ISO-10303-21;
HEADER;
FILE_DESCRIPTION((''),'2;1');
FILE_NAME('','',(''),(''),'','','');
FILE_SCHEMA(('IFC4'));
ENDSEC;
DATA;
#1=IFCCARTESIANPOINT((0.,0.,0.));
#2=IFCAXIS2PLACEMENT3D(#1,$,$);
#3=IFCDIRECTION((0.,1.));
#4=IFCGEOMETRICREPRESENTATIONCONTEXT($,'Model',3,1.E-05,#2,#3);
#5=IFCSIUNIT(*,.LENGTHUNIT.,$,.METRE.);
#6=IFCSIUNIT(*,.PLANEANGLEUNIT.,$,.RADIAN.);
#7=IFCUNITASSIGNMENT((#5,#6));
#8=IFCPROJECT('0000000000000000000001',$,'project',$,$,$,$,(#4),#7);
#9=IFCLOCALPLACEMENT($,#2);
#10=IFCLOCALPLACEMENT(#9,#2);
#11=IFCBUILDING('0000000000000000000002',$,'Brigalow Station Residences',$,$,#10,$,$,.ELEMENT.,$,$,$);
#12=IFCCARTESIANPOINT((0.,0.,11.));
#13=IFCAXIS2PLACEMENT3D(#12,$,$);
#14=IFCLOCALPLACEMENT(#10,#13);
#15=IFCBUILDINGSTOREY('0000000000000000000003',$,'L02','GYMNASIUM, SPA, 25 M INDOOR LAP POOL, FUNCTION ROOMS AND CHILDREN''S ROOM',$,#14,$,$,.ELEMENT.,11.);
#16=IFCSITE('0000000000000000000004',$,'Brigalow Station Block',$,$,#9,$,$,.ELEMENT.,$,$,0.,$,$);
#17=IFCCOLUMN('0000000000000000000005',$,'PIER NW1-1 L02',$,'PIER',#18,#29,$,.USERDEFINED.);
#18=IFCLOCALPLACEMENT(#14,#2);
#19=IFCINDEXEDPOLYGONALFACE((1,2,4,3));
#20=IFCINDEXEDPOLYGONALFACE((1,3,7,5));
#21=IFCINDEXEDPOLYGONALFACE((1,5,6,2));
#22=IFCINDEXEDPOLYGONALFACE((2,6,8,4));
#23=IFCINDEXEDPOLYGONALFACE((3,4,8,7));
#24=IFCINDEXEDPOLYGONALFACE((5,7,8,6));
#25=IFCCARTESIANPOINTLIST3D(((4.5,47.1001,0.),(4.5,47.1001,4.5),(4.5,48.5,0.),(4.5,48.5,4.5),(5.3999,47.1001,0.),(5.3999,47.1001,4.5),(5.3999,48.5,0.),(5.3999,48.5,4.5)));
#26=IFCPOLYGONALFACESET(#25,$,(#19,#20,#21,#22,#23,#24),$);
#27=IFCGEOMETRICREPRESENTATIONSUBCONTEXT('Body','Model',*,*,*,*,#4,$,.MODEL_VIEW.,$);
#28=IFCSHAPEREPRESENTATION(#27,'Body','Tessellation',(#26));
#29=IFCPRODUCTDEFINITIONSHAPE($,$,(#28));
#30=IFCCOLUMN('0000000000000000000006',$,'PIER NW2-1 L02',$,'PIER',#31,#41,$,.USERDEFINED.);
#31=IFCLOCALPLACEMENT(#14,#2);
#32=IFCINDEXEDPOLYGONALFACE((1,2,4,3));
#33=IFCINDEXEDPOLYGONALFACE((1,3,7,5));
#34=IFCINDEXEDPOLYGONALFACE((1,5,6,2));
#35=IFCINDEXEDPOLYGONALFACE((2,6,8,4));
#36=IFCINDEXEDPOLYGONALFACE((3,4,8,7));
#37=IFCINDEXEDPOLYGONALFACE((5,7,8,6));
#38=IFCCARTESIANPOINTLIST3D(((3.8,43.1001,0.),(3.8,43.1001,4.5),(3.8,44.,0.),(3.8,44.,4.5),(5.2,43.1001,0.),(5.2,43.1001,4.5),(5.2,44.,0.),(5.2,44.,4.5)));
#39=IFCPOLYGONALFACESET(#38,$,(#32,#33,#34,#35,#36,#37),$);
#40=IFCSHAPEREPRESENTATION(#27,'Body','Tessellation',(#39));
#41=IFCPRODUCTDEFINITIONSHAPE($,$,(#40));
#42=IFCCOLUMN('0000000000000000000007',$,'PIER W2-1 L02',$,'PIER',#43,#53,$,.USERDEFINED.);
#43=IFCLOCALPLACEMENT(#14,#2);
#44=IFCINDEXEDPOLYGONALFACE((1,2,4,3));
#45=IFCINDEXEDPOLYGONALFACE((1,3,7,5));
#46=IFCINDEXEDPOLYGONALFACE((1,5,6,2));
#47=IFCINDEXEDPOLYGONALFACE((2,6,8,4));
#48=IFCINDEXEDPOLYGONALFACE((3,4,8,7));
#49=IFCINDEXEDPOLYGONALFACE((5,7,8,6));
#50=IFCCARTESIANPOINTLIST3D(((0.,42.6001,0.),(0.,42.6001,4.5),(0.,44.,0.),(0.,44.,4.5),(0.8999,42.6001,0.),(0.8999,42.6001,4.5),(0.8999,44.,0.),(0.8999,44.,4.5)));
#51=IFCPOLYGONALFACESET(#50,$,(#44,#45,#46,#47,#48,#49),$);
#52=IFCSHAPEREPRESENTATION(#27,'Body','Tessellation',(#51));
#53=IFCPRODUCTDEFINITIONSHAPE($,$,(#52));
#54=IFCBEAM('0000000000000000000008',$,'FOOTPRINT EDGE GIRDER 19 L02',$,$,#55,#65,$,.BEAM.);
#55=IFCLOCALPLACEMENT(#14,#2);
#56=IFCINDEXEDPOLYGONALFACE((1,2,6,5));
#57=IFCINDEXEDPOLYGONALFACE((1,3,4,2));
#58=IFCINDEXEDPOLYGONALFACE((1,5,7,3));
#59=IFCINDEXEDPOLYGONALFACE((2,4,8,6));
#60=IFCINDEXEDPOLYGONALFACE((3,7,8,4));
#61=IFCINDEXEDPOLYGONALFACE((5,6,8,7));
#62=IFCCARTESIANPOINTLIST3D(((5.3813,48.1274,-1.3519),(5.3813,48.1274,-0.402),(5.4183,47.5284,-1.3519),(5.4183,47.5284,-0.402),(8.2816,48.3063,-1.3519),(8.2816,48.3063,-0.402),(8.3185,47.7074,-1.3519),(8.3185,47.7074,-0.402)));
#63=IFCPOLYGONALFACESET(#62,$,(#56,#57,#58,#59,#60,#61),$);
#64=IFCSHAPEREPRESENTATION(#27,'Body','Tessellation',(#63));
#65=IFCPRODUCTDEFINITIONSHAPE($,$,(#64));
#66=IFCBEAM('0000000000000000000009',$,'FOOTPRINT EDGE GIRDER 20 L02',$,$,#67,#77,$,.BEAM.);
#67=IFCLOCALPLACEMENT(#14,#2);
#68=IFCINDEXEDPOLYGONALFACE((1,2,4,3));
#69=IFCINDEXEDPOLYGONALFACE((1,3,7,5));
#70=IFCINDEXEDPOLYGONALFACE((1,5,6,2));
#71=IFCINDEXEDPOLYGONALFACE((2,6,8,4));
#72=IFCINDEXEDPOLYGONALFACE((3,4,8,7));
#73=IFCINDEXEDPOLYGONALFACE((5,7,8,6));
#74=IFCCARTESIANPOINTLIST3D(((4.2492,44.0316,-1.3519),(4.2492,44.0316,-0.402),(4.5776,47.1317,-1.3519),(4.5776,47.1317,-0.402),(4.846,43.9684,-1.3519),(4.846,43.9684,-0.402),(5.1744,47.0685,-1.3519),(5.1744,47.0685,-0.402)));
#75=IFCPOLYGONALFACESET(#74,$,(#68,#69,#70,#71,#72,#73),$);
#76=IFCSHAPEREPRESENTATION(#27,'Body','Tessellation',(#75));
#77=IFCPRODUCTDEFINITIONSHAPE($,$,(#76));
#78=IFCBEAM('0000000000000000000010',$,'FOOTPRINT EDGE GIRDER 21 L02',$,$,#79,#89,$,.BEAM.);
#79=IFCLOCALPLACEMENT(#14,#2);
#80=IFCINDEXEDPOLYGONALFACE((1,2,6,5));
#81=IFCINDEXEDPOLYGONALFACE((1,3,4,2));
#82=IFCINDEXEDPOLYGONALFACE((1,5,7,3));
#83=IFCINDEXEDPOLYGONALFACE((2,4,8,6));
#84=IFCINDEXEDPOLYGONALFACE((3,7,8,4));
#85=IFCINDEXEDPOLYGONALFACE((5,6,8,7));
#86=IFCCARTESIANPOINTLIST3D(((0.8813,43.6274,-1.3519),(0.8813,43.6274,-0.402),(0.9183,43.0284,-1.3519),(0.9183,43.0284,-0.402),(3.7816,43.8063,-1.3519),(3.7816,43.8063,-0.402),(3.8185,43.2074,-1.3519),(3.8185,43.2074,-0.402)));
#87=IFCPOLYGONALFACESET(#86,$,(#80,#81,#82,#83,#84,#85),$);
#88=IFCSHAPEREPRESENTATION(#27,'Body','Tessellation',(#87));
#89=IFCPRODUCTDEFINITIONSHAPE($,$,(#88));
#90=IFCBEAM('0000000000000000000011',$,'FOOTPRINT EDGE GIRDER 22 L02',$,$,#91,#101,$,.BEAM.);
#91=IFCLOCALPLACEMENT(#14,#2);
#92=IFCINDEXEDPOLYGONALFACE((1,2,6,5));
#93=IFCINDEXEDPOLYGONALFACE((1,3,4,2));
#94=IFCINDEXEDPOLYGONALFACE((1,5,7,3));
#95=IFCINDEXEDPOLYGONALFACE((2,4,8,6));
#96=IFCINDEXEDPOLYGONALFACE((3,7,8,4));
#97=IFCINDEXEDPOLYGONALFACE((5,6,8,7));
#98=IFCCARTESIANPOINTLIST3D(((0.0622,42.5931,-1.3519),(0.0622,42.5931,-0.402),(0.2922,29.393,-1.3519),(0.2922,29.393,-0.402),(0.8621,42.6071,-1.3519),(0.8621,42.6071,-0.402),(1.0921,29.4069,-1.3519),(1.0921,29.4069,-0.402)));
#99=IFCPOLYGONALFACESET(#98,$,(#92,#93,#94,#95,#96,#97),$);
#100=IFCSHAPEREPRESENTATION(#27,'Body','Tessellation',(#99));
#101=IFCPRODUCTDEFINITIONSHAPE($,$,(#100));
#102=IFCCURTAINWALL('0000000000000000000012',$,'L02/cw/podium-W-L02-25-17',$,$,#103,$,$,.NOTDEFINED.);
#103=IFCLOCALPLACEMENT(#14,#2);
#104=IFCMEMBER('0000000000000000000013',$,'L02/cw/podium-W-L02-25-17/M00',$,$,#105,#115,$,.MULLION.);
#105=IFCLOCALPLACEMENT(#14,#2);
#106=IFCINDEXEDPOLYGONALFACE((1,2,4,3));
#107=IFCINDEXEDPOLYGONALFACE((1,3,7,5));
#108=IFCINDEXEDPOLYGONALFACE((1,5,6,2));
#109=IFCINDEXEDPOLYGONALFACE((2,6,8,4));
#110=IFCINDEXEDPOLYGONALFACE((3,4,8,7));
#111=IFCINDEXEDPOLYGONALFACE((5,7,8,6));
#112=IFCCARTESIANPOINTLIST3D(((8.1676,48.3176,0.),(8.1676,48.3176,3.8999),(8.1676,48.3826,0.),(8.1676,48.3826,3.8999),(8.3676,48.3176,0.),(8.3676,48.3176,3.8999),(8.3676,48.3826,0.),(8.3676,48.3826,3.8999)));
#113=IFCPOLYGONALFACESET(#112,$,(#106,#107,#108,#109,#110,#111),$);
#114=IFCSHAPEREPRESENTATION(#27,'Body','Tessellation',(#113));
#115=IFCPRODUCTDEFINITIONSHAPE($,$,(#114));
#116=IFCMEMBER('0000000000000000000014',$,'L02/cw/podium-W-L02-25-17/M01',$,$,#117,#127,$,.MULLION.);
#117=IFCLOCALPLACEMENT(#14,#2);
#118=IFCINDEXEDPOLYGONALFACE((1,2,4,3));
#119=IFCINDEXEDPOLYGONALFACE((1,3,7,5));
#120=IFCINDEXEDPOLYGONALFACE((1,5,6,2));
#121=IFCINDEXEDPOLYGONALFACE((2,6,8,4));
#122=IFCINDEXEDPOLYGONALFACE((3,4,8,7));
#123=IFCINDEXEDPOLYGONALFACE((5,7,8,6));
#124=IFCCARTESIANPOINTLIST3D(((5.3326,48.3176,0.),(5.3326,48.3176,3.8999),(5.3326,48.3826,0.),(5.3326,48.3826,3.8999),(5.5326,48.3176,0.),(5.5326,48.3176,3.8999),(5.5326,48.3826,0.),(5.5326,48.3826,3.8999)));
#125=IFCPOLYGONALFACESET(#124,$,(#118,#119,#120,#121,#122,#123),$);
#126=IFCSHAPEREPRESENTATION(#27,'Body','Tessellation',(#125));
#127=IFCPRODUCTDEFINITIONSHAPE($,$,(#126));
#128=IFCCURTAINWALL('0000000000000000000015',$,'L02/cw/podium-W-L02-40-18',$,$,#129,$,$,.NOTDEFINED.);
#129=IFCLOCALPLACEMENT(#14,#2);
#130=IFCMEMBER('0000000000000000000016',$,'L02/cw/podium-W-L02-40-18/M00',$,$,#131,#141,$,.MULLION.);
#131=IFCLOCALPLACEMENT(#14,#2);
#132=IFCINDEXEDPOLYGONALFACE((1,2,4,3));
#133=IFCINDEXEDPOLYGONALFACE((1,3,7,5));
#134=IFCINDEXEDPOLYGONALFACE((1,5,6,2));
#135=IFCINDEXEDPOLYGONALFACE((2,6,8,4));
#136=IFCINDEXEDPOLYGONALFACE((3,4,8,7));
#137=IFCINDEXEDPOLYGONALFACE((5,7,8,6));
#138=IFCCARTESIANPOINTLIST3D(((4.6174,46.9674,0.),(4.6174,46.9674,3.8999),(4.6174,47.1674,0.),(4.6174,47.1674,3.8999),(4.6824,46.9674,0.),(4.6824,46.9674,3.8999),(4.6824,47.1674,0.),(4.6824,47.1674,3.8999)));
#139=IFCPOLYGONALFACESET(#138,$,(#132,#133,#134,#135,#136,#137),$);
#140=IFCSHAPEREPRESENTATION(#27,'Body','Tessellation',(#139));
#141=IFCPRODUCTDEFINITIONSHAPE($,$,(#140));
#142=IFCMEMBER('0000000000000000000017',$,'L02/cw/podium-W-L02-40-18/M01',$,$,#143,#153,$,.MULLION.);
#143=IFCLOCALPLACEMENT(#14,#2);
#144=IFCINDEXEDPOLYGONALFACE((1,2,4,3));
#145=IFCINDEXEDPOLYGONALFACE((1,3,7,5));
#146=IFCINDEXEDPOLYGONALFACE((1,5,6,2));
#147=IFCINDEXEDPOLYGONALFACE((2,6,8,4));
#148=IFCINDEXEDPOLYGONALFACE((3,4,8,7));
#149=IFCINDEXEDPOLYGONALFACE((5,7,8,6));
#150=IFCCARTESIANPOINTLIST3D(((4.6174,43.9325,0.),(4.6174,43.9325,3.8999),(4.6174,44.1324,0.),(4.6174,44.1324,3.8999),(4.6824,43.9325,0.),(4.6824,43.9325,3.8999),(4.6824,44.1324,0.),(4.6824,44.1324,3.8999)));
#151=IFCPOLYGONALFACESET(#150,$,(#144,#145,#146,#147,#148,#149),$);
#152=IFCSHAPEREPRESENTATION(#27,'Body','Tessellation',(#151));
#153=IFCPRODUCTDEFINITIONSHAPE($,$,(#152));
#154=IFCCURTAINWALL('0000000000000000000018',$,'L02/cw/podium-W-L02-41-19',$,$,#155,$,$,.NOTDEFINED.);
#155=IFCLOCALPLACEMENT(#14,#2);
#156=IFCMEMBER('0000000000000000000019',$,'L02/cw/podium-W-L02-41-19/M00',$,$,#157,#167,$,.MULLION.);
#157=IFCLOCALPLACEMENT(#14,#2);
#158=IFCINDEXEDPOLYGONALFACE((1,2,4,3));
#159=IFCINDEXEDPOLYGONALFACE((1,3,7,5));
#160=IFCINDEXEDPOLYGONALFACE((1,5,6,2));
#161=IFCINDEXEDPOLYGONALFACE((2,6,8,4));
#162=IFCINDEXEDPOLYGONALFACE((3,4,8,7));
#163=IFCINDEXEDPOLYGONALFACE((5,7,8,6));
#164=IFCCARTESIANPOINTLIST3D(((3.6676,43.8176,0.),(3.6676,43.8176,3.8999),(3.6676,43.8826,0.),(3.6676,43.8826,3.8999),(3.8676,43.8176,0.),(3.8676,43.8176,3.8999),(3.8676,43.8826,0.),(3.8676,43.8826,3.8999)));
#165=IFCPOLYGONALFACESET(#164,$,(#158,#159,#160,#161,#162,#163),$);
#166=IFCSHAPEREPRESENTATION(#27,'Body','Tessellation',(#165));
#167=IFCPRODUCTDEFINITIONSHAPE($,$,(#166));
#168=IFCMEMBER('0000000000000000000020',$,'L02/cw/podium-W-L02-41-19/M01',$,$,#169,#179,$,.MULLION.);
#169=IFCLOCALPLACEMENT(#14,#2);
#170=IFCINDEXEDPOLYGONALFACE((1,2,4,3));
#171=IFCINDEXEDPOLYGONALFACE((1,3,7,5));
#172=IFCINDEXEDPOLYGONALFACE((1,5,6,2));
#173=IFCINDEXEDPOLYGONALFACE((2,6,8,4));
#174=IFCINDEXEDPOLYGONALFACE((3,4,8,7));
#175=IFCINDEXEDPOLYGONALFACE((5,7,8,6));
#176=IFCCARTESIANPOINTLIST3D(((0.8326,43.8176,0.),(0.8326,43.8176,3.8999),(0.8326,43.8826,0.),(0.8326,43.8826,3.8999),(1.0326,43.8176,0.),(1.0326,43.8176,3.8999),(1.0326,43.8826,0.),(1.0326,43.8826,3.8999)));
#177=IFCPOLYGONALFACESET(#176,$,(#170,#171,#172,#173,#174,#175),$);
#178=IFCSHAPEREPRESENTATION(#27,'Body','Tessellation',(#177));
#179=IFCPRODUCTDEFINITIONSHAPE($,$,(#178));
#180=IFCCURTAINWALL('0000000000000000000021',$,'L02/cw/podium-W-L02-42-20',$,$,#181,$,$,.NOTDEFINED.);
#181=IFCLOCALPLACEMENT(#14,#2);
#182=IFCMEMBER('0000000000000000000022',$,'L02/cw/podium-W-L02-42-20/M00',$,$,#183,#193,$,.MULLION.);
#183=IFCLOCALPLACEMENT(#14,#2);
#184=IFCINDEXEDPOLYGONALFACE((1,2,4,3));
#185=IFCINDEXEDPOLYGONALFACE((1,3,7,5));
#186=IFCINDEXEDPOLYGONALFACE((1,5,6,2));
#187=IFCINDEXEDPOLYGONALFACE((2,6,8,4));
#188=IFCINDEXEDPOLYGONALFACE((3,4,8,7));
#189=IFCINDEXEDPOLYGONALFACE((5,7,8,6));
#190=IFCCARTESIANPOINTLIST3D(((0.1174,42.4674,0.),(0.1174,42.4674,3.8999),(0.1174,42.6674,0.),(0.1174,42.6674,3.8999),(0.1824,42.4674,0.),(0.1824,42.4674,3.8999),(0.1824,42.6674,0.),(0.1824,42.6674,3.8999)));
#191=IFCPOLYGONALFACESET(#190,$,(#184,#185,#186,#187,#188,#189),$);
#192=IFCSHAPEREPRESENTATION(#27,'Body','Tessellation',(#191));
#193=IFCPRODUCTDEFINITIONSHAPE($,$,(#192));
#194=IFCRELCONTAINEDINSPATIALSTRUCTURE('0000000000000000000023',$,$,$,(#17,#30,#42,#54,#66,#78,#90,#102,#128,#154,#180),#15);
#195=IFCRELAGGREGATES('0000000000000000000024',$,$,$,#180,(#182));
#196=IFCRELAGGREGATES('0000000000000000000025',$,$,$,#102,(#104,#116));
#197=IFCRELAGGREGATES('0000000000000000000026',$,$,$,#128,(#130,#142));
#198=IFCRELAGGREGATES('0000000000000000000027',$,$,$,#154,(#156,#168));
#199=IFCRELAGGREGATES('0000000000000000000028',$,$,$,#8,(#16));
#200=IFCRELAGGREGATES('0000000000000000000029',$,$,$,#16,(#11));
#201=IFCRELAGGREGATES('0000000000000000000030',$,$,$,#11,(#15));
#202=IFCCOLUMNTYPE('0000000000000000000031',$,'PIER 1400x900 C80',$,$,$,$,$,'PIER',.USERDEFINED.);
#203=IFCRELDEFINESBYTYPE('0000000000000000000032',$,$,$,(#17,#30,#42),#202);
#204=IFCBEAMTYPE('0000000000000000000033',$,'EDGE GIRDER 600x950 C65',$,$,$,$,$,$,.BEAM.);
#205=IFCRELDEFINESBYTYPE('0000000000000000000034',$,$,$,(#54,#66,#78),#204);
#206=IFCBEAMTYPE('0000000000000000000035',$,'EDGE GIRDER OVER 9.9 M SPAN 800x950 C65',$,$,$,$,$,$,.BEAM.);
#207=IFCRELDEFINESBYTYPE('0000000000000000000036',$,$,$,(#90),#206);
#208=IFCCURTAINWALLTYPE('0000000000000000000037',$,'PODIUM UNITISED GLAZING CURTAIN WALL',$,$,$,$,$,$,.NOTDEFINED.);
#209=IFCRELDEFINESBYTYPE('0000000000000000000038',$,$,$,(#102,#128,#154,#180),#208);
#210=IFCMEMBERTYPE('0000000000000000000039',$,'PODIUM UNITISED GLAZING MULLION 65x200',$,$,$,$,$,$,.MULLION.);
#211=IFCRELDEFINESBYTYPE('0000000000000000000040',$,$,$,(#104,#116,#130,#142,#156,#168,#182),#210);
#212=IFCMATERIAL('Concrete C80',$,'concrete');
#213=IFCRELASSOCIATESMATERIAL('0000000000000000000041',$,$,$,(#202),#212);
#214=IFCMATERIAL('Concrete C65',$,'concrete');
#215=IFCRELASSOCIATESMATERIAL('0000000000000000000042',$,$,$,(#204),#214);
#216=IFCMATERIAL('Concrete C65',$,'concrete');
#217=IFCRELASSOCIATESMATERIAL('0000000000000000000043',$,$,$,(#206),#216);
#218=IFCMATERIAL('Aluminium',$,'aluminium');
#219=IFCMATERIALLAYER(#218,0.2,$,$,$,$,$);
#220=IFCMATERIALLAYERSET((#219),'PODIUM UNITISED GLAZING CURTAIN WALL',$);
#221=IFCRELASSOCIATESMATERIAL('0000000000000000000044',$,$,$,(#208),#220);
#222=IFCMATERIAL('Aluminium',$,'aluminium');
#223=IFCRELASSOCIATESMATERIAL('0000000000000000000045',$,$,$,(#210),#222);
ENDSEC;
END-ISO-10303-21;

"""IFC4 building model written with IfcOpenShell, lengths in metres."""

from ifc_helpers import new_model, si_unit, direction, frame, origin, origin_2d, place, context, subcontext, project, spatial, rectangle, extrude, material, layer, layer_set, material_profile, profile_set, type_object, element, aggregate, save


model = new_model("IFC4")

# Units and contexts
model_context = context("Model", 3, precision=1e-05, world=origin(), true_north=direction((0.0, 1.0)))
body_context = subcontext(model_context, "Body", "Model", "MODEL_VIEW")
ifc_project = project(units=[si_unit("LENGTHUNIT", "METRE"), si_unit("PLANEANGLEUNIT", "RADIAN")], contexts=[model_context])

# Site, building, storey
site_placement = place(None, origin())
site = spatial("IfcSite", under=ifc_project, at=site_placement, Name="Brigalow Station Block", CompositionType="ELEMENT", RefElevation=0.0)
building_placement = place(site_placement, origin())
building = spatial("IfcBuilding", under=site, at=building_placement, Name="Brigalow Station Residences", CompositionType="ELEMENT")
storey_placement = place(building_placement, frame((0.0, 0.0, 11.0)))
storey = spatial("IfcBuildingStorey", under=building, at=storey_placement, Name="L02", Description="GYMNASIUM, SPA, 25 M INDOOR LAP POOL, FUNCTION ROOMS AND CHILDREN'S ROOM", CompositionType="ELEMENT", Elevation=11.0)

# Columns
ifc_material_1 = material(Name="Concrete C80", Category="concrete")
ifc_material_profile_1 = material_profile(ifc_material_1, rectangle(XDim=1.3999, YDim=0.8999, at=origin_2d()), Name="RC1400x900")
ifc_profile_set_1 = profile_set([ifc_material_profile_1], Name="Concrete C80")
column_type = type_object("IfcColumnType", Name="PIER 1400x900 C80", ElementType="PIER", PredefinedType="USERDEFINED", material=ifc_profile_set_1)
for number, where, z_axis, x_axis, name in (
    (1, (4.95, 47.8, 0.0), (0.0, 0.0, 1.0), (0.0, -1.0, 0.0), "PIER NW1-1 L02"),
    (2, (4.5, 43.55, 0.0), (0.0, 0.0, 1.0), (-1.0, 0.0, 0.0), "PIER NW2-1 L02"),
    (3, (0.45, 43.3, 0.0), (0.0, 0.0, 1.0), (0.0, -1.0, 0.0), "PIER W2-1 L02"),
):
    element("IfcColumn", number, at=place(storey_placement, frame(where, z_axis=z_axis, x_axis=x_axis)), inside=storey, type_object=column_type, Name=name, ObjectType="PIER", PredefinedType="USERDEFINED", context=body_context, shape_type="SweptSolid", body=[
        extrude(rectangle(XDim=1.3999, YDim=0.8999, at=origin_2d()), origin(), (0.0, 0.0, 1.0), 4.5),
    ])

# Beams
ifc_material_2 = material(Name="Concrete C65", Category="concrete")
ifc_material_profile_2 = material_profile(ifc_material_2, rectangle(XDim=0.6001, YDim=0.95, at=origin_2d()), Name="RC600x950")
ifc_profile_set_2 = profile_set([ifc_material_profile_2], Name="Concrete C65")
beam_type_1 = type_object("IfcBeamType", Name="EDGE GIRDER 600x950 C65", PredefinedType="BEAM", material=ifc_profile_set_2)
beam_1_placement = place(storey_placement, frame((8.3, 48.0068, -0.877), z_axis=(-0.998102, -0.061588, 0.0), x_axis=(0.061588, -0.998102, 0.0)))
element("IfcBeam", 4, at=beam_1_placement, inside=storey, type_object=beam_type_1, Name="FOOTPRINT EDGE GIRDER 19 L02", PredefinedType="BEAM", context=body_context, shape_type="SweptSolid", body=[
    extrude(rectangle(XDim=0.6001, YDim=0.95, at=origin_2d()), origin(), (0.0, 0.0, 1.0), 2.9058),
])
beam_2_placement = place(storey_placement, frame((4.876, 47.1001, -0.877), z_axis=(-0.105333, -0.994437, 0.0), x_axis=(0.994437, -0.105333, 0.0)))
element("IfcBeam", 5, at=beam_2_placement, inside=storey, type_object=beam_type_1, Name="FOOTPRINT EDGE GIRDER 20 L02", PredefinedType="BEAM", context=body_context, shape_type="SweptSolid", body=[
    extrude(rectangle(XDim=0.6001, YDim=0.95, at=origin_2d()), origin(), (0.0, 0.0, 1.0), 3.1174),
])
beam_3_placement = place(storey_placement, frame((3.8, 43.5068, -0.877), z_axis=(-0.998102, -0.061588, 0.0), x_axis=(0.061588, -0.998102, 0.0)))
element("IfcBeam", 6, at=beam_3_placement, inside=storey, type_object=beam_type_1, Name="FOOTPRINT EDGE GIRDER 21 L02", PredefinedType="BEAM", context=body_context, shape_type="SweptSolid", body=[
    extrude(rectangle(XDim=0.6001, YDim=0.95, at=origin_2d()), origin(), (0.0, 0.0, 1.0), 2.9058),
])
ifc_material_3 = material(Name="Concrete C65", Category="concrete")
ifc_material_profile_3 = material_profile(ifc_material_3, rectangle(XDim=0.8, YDim=0.95, at=origin_2d()), Name="RC800x950")
ifc_profile_set_3 = profile_set([ifc_material_profile_3], Name="Concrete C65")
beam_type_2 = type_object("IfcBeamType", Name="EDGE GIRDER OVER 9.9 M SPAN 800x950 C65", PredefinedType="BEAM", material=ifc_profile_set_3)
beam_4_placement = place(storey_placement, frame((0.4622, 42.6001, -0.877), z_axis=(0.01742, -0.999848, 0.0), x_axis=(0.999848, 0.01742, 0.0)))
element("IfcBeam", 7, at=beam_4_placement, inside=storey, type_object=beam_type_2, Name="FOOTPRINT EDGE GIRDER 22 L02", PredefinedType="BEAM", context=body_context, shape_type="SweptSolid", body=[
    extrude(rectangle(XDim=0.8, YDim=0.95, at=origin_2d()), origin(), (0.0, 0.0, 1.0), 13.2021),
])

# Curtain walls, members
ifc_material_4 = material(Name="Aluminium", Category="aluminium")
ifc_layer_1 = layer(ifc_material_4, 0.2)
ifc_layer_set_1 = layer_set([ifc_layer_1], Name="PODIUM UNITISED GLAZING CURTAIN WALL")
curtain_wall_type = type_object("IfcCurtainWallType", Name="PODIUM UNITISED GLAZING CURTAIN WALL", PredefinedType="NOTDEFINED", material=ifc_layer_set_1)
curtain_wall_1_placement = place(storey_placement, origin())
curtain_wall_1 = element("IfcCurtainWall", 8, at=curtain_wall_1_placement, inside=storey, type_object=curtain_wall_type, Name="L02/cw/podium-W-L02-25-17", PredefinedType="NOTDEFINED")
ifc_material_5 = material(Name="Aluminium", Category="aluminium")
ifc_material_profile_4 = material_profile(ifc_material_5, rectangle(XDim=0.0649, YDim=0.2, at=origin_2d()), Name="PODIUM UNITISED GLAZING MULLION 65x200")
ifc_profile_set_4 = profile_set([ifc_material_profile_4], Name="Aluminium")
member_type_1 = type_object("IfcMemberType", Name="PODIUM UNITISED GLAZING MULLION 65x200", PredefinedType="MULLION", material=ifc_profile_set_4)
member_1_placement = place(storey_placement, frame((8.2676, 48.3501, 0.0), z_axis=(0.0, 0.0, 1.0), x_axis=(0.0, -1.0, 0.0)))
member_1 = element("IfcMember", 9, at=member_1_placement, type_object=member_type_1, Name="L02/cw/podium-W-L02-25-17/M00", PredefinedType="MULLION", context=body_context, shape_type="SweptSolid", body=[
    extrude(rectangle(XDim=0.0649, YDim=0.2, at=origin_2d()), origin(), (0.0, 0.0, 1.0), 3.8999),
])
member_2_placement = place(storey_placement, frame((5.4326, 48.3501, 0.0), z_axis=(0.0, 0.0, 1.0), x_axis=(0.0, -1.0, 0.0)))
member_2 = element("IfcMember", 10, at=member_2_placement, type_object=member_type_1, Name="L02/cw/podium-W-L02-25-17/M01", PredefinedType="MULLION", context=body_context, shape_type="SweptSolid", body=[
    extrude(rectangle(XDim=0.0649, YDim=0.2, at=origin_2d()), origin(), (0.0, 0.0, 1.0), 3.8999),
])
curtain_wall_2_placement = place(storey_placement, origin())
curtain_wall_2 = element("IfcCurtainWall", 11, at=curtain_wall_2_placement, inside=storey, type_object=curtain_wall_type, Name="L02/cw/podium-W-L02-40-18", PredefinedType="NOTDEFINED")
member_3_placement = place(storey_placement, frame((4.6499, 47.0674, 0.0), z_axis=(0.0, 0.0, 1.0), x_axis=(1.0, 0.0, 0.0)))
member_3 = element("IfcMember", 12, at=member_3_placement, type_object=member_type_1, Name="L02/cw/podium-W-L02-40-18/M00", PredefinedType="MULLION", context=body_context, shape_type="SweptSolid", body=[
    extrude(rectangle(XDim=0.0649, YDim=0.2, at=origin_2d()), origin(), (0.0, 0.0, 1.0), 3.8999),
])
member_4_placement = place(storey_placement, frame((4.6499, 44.0325, 0.0), z_axis=(0.0, 0.0, 1.0), x_axis=(1.0, 0.0, 0.0)))
member_4 = element("IfcMember", 13, at=member_4_placement, type_object=member_type_1, Name="L02/cw/podium-W-L02-40-18/M01", PredefinedType="MULLION", context=body_context, shape_type="SweptSolid", body=[
    extrude(rectangle(XDim=0.0649, YDim=0.2, at=origin_2d()), origin(), (0.0, 0.0, 1.0), 3.8999),
])
curtain_wall_3_placement = place(storey_placement, origin())
curtain_wall_3 = element("IfcCurtainWall", 14, at=curtain_wall_3_placement, inside=storey, type_object=curtain_wall_type, Name="L02/cw/podium-W-L02-41-19", PredefinedType="NOTDEFINED")
member_5_placement = place(storey_placement, frame((3.7676, 43.8501, 0.0), z_axis=(0.0, 0.0, 1.0), x_axis=(0.0, -1.0, 0.0)))
member_5 = element("IfcMember", 15, at=member_5_placement, type_object=member_type_1, Name="L02/cw/podium-W-L02-41-19/M00", PredefinedType="MULLION", context=body_context, shape_type="SweptSolid", body=[
    extrude(rectangle(XDim=0.0649, YDim=0.2, at=origin_2d()), origin(), (0.0, 0.0, 1.0), 3.8999),
])
member_6_placement = place(storey_placement, frame((0.9326, 43.8501, 0.0), z_axis=(0.0, 0.0, 1.0), x_axis=(0.0, -1.0, 0.0)))
member_6 = element("IfcMember", 16, at=member_6_placement, type_object=member_type_1, Name="L02/cw/podium-W-L02-41-19/M01", PredefinedType="MULLION", context=body_context, shape_type="SweptSolid", body=[
    extrude(rectangle(XDim=0.0649, YDim=0.2, at=origin_2d()), origin(), (0.0, 0.0, 1.0), 3.8999),
])

# Curtain wall, member
curtain_wall_4_placement = place(storey_placement, origin())
curtain_wall_4 = element("IfcCurtainWall", 17, at=curtain_wall_4_placement, inside=storey, type_object=curtain_wall_type, Name="L02/cw/podium-W-L02-42-20", PredefinedType="NOTDEFINED")
member_7_placement = place(storey_placement, frame((0.1499, 42.5674, 0.0), z_axis=(0.0, 0.0, 1.0), x_axis=(1.0, 0.0, 0.0)))
member_7 = element("IfcMember", 18, at=member_7_placement, type_object=member_type_1, Name="L02/cw/podium-W-L02-42-20/M00", PredefinedType="MULLION", context=body_context, shape_type="SweptSolid", body=[
    extrude(rectangle(XDim=0.0649, YDim=0.2, at=origin_2d()), origin(), (0.0, 0.0, 1.0), 3.8999),
])
aggregate(curtain_wall_4, [member_7])

aggregate(curtain_wall_1, [member_1, member_2])
aggregate(curtain_wall_2, [member_3, member_4])
aggregate(curtain_wall_3, [member_5, member_6])

save(model, "model.ifc")
